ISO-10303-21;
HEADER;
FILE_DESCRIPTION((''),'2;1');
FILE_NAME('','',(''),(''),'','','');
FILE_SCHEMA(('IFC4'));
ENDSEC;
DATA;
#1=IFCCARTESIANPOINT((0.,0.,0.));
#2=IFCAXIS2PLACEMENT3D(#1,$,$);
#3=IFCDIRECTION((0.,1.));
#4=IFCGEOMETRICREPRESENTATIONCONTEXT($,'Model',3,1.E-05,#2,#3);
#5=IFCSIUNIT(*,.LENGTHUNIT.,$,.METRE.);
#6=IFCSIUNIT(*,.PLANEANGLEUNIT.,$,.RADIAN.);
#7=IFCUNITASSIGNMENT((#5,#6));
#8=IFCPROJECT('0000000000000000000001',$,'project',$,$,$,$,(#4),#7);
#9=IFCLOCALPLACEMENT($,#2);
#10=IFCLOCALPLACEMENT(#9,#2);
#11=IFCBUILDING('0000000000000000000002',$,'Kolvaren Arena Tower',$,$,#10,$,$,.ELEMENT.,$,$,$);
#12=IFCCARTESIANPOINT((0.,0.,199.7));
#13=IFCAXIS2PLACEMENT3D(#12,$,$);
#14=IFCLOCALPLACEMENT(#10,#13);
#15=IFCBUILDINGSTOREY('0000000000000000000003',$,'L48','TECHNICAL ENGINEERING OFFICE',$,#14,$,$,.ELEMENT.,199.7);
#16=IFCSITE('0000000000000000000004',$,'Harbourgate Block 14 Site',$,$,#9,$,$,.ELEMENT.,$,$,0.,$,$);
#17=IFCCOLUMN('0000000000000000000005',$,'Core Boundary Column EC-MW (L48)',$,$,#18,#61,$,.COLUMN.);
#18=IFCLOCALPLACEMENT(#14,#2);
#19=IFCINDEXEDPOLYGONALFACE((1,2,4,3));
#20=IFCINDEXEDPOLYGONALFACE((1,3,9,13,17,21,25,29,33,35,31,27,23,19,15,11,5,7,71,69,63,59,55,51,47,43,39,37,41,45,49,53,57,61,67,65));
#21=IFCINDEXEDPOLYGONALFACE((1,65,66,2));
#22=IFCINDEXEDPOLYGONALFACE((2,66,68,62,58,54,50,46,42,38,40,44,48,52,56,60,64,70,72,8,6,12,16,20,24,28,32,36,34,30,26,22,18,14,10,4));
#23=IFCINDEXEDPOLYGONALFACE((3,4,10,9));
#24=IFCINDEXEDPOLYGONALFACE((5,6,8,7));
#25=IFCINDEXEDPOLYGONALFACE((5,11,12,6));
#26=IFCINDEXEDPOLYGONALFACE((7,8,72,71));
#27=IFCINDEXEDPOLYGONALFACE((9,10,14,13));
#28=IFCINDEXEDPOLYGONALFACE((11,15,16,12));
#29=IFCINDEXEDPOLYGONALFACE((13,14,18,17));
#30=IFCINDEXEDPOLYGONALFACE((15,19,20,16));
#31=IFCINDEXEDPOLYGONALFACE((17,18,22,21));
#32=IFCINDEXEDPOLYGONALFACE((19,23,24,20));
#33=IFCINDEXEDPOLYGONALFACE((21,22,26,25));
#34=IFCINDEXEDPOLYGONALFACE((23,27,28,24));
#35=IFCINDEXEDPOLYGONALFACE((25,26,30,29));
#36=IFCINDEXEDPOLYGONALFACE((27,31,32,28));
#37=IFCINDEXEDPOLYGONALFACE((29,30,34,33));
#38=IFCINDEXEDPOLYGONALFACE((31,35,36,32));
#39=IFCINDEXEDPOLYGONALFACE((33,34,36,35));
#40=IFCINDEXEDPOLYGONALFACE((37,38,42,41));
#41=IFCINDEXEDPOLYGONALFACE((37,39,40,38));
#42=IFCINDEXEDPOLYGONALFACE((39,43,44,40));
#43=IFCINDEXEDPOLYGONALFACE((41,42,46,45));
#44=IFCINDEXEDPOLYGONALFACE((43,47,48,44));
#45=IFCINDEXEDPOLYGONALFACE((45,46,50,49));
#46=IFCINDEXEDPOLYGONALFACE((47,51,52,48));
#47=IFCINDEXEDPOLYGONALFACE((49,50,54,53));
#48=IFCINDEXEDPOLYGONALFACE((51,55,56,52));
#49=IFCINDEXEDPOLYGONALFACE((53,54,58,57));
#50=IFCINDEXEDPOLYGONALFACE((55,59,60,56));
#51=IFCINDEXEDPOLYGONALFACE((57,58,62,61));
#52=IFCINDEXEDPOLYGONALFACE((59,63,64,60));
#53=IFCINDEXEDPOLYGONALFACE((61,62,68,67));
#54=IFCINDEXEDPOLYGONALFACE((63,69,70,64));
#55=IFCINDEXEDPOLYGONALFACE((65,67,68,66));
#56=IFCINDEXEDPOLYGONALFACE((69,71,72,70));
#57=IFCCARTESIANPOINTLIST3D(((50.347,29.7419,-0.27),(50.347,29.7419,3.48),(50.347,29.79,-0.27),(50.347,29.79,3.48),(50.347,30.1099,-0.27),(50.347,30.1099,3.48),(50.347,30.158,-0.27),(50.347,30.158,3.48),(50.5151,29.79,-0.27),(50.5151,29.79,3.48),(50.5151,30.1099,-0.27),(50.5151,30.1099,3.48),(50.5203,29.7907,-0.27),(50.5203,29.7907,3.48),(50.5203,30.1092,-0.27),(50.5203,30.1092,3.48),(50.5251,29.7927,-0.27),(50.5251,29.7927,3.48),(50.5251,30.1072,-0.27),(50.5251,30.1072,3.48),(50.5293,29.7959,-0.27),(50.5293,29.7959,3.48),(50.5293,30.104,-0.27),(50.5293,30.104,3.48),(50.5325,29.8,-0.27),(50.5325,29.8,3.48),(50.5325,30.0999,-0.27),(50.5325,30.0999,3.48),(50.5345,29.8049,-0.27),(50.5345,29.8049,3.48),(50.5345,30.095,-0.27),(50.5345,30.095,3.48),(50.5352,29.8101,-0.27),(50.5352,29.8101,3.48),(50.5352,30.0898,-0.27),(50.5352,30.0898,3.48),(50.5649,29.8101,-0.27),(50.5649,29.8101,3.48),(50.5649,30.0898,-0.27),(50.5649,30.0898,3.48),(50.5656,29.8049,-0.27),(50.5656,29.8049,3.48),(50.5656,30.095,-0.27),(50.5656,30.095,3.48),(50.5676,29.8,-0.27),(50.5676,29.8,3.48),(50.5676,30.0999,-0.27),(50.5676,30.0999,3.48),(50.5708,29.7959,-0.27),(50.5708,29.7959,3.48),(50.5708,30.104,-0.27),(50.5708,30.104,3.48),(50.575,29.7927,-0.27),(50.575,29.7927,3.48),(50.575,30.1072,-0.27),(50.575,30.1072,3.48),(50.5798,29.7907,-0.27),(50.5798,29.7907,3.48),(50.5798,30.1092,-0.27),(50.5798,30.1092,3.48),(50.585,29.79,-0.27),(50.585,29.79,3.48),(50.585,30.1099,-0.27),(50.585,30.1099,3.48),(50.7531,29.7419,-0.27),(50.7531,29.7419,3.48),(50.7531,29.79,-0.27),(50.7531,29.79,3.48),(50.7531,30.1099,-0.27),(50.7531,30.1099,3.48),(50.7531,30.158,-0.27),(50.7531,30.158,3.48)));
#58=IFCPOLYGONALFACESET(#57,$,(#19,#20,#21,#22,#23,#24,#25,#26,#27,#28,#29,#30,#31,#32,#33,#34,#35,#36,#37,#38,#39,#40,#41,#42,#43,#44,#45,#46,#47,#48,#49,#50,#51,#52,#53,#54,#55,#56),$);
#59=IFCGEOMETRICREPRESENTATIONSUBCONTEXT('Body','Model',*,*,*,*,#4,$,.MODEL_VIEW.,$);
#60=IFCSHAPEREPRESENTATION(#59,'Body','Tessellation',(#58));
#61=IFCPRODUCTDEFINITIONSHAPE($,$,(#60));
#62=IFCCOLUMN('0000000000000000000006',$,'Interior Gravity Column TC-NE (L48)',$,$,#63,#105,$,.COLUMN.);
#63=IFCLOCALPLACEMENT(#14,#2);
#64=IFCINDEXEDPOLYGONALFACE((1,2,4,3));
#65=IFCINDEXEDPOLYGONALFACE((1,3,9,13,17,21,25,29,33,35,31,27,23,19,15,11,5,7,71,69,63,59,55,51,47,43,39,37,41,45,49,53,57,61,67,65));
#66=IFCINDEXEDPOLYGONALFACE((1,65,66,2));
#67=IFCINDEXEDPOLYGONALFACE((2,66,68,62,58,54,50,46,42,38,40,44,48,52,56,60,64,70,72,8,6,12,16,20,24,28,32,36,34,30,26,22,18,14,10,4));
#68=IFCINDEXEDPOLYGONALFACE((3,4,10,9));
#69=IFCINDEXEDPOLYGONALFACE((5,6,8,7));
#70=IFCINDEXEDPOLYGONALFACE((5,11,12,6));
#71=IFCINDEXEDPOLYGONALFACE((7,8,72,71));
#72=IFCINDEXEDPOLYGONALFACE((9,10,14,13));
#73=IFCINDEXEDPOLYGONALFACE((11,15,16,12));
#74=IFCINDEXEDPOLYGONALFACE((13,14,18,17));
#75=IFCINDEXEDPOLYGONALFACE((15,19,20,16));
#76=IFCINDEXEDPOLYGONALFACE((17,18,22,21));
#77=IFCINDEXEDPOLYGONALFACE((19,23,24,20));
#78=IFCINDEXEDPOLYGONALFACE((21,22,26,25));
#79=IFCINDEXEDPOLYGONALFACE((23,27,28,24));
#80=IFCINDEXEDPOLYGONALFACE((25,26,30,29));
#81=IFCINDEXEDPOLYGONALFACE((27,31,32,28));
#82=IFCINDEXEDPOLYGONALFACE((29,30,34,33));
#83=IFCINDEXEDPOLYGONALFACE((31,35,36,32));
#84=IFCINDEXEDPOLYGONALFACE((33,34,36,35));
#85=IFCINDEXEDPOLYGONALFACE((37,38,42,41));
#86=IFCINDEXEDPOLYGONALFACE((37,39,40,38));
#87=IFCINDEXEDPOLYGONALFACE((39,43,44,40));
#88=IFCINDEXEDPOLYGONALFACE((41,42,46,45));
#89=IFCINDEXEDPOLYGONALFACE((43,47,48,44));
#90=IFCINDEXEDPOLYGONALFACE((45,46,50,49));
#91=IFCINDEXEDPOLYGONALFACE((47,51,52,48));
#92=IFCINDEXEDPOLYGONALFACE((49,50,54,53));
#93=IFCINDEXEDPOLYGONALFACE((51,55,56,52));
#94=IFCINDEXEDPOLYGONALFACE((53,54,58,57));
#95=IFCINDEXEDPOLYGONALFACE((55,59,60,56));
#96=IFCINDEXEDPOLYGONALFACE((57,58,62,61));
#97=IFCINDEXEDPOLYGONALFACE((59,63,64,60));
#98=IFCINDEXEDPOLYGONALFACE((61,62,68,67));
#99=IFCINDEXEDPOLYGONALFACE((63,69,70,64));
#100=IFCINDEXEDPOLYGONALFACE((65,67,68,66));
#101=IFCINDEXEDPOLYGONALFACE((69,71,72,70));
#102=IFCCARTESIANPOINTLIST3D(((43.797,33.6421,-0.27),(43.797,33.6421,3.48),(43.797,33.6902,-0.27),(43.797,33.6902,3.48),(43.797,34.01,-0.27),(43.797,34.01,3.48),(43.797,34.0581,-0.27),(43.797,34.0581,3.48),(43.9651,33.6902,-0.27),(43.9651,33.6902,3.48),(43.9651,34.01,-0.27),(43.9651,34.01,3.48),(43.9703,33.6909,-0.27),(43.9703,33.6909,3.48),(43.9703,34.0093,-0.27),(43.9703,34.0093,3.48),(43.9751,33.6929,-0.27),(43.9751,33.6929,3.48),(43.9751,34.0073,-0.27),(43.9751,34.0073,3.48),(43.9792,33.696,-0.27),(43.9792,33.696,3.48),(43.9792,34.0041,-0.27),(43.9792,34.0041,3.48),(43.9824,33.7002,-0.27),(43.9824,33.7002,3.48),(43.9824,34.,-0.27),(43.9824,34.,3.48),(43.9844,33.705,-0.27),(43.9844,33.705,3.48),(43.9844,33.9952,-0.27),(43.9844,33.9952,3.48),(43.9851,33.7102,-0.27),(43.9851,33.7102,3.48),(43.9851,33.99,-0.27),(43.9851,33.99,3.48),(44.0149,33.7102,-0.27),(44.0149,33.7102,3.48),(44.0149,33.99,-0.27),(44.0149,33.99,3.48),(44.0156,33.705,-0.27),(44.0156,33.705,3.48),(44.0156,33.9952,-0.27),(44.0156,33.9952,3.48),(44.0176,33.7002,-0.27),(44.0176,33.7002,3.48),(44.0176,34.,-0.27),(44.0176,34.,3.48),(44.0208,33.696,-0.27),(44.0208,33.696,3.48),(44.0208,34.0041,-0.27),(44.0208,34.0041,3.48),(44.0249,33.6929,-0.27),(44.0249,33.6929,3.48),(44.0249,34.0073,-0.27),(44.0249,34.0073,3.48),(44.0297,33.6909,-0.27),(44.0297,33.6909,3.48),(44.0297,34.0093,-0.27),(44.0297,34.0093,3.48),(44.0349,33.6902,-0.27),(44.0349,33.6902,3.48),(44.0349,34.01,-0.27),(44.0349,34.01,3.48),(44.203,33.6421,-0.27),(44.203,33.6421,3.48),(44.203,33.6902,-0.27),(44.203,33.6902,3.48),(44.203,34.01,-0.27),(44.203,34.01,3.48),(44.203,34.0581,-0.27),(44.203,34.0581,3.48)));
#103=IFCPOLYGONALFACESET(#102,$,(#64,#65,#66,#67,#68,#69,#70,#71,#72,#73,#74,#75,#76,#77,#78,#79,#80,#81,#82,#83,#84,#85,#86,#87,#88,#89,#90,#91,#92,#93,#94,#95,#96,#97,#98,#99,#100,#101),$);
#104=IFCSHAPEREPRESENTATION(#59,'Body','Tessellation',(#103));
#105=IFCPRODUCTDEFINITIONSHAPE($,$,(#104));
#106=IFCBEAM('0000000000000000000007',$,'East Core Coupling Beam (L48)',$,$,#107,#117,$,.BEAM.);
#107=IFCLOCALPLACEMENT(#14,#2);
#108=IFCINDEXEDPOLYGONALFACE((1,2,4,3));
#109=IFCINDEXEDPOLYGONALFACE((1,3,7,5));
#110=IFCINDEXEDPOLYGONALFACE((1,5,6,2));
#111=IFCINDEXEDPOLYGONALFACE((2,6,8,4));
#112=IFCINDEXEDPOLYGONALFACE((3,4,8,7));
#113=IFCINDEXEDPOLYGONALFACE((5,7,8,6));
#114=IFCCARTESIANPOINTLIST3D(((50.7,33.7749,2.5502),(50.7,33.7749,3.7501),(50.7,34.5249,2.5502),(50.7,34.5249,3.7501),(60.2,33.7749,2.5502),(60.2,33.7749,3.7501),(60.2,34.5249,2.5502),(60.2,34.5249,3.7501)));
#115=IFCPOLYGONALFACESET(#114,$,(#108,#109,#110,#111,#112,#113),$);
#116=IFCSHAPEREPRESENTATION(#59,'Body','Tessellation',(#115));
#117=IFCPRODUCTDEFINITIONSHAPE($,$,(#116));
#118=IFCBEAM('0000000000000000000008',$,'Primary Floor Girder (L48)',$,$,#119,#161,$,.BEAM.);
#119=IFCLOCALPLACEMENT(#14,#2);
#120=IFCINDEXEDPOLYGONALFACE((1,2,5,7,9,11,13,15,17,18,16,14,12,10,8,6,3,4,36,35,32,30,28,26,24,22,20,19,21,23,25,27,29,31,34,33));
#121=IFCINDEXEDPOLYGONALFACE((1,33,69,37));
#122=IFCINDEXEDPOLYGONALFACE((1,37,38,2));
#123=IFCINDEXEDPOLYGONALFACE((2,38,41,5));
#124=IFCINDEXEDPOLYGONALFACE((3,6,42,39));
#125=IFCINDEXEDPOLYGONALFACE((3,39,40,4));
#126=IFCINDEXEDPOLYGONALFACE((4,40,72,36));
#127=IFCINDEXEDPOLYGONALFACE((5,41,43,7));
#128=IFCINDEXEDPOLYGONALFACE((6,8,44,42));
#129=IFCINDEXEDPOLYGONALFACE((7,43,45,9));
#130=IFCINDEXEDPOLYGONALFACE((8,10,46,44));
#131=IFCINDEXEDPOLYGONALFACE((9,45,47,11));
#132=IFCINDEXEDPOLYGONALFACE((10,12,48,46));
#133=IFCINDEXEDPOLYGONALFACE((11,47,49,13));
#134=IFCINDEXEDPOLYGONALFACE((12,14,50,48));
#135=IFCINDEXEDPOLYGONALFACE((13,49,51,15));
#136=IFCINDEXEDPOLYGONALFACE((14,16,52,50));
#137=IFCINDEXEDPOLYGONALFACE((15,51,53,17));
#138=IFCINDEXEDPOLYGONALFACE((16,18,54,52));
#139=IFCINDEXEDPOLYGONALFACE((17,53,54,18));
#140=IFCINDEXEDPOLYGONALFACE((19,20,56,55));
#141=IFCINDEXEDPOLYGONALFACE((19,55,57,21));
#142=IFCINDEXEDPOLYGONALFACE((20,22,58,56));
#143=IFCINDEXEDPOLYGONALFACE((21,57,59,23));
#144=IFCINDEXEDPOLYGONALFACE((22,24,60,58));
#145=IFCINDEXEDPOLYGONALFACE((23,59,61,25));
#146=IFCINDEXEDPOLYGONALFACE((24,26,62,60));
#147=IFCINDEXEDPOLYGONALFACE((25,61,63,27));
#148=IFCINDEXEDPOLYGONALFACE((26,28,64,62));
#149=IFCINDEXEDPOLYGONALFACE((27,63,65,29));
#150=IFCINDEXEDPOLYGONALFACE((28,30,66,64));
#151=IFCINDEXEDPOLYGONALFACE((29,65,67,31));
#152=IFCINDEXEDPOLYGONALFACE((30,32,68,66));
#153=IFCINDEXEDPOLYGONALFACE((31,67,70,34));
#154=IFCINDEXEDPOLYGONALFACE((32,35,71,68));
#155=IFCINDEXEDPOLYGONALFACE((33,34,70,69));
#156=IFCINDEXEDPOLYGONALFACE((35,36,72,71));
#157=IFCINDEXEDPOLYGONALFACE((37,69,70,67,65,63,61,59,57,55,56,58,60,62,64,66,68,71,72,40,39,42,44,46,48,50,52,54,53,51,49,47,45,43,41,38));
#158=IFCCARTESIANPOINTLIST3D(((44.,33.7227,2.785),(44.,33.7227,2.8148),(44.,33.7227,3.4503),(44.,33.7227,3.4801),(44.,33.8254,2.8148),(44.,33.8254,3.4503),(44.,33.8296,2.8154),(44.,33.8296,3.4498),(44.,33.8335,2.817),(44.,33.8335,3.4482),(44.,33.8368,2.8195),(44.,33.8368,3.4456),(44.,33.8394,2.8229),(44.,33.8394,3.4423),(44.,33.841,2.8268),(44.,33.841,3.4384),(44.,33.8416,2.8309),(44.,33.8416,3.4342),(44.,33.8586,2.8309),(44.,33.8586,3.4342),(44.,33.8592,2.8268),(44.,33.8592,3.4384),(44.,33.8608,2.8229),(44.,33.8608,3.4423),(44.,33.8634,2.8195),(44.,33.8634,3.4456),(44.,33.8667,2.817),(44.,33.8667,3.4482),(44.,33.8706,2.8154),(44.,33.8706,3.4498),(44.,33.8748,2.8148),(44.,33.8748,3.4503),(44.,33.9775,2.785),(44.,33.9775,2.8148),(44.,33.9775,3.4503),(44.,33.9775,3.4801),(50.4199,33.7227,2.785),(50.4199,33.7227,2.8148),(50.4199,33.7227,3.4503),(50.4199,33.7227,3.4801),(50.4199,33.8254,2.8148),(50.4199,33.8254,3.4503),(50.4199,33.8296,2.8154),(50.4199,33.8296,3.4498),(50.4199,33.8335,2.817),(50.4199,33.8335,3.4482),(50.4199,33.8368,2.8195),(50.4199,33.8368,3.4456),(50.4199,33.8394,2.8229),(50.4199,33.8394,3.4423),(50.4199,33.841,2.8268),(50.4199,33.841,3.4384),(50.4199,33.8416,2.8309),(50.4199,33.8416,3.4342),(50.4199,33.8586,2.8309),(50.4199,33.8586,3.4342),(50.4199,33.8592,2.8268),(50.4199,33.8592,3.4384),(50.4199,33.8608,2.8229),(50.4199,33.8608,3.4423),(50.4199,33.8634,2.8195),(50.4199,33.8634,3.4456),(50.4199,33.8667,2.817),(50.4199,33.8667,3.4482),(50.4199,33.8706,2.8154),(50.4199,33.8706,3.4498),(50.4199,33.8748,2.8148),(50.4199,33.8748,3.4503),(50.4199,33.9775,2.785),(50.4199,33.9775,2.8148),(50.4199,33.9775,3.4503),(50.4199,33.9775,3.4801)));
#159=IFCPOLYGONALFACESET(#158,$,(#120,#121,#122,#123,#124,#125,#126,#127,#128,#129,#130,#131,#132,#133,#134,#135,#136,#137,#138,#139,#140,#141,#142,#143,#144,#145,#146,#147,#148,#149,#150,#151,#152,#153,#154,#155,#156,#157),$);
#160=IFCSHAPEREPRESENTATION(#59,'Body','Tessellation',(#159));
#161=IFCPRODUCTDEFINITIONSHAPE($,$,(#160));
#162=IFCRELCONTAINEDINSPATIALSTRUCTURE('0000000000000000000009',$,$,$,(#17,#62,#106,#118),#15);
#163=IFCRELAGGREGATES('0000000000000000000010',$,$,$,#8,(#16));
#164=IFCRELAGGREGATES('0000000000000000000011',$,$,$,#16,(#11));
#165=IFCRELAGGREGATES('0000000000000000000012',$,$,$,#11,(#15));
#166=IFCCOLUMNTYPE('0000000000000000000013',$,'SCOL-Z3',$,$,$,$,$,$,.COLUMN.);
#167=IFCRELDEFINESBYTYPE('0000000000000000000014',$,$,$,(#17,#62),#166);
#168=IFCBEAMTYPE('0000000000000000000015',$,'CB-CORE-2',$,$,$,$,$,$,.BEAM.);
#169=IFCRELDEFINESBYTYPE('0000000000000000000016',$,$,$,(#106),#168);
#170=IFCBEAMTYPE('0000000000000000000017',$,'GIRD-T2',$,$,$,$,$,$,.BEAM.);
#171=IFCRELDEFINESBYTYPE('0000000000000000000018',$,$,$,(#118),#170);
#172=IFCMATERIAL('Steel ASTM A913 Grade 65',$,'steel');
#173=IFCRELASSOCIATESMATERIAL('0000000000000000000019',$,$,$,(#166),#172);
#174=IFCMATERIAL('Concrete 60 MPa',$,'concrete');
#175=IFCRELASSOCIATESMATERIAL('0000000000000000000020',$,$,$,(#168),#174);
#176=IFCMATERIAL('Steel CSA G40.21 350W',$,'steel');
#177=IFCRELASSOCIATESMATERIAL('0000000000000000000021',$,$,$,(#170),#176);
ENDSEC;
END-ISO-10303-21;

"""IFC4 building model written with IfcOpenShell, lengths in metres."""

from ifc_helpers import new_model, si_unit, direction, frame, origin, origin_2d, place, context, subcontext, project, spatial, rectangle, i_section, extrude, material, material_profile, profile_set, type_object, element, save


model = new_model("IFC4")

# Units and contexts
model_context = context("Model", 3, precision=1e-05, world=origin(), true_north=direction((0.0, 1.0)))
body_context = subcontext(model_context, "Body", "Model", "MODEL_VIEW")
ifc_project = project(units=[si_unit("LENGTHUNIT", "METRE"), si_unit("PLANEANGLEUNIT", "RADIAN")], contexts=[model_context])

# Site, building, storey
site_placement = place(None, origin())
site = spatial("IfcSite", under=ifc_project, at=site_placement, Name="Harbourgate Block 14 Site", CompositionType="ELEMENT", RefElevation=0.0)
building_placement = place(site_placement, origin())
building = spatial("IfcBuilding", under=site, at=building_placement, Name="Kolvaren Arena Tower", CompositionType="ELEMENT")
storey_placement = place(building_placement, frame((0.0, 0.0, 199.7)))
storey = spatial("IfcBuildingStorey", under=building, at=storey_placement, Name="L48", Description="TECHNICAL ENGINEERING OFFICE", CompositionType="ELEMENT", Elevation=199.7)

# Columns
ifc_material_1 = material(Name="Steel ASTM A913 Grade 65", Category="steel")
ifc_material_profile_1 = material_profile(ifc_material_1, i_section(OverallWidth=0.406, OverallDepth=0.416, WebThickness=0.0298, FlangeThickness=0.0481, FilletRadius=0.02, at=origin_2d()), Name="W360x382")
ifc_profile_set_1 = profile_set([ifc_material_profile_1], Name="Steel ASTM A913 Grade 65")
column_type = type_object("IfcColumnType", Name="SCOL-Z3", PredefinedType="COLUMN", material=ifc_profile_set_1)
for number, where, z_axis, x_axis, name in (
    (1, (50.55, 29.95, -0.27), (0.0, 0.0, 1.0), (1.0, 0.0, 0.0), "Core Boundary Column EC-MW (L48)"),
    (2, (44.0, 33.8501, -0.27), (0.0, 0.0, 1.0), (1.0, 0.0, 0.0), "Interior Gravity Column TC-NE (L48)"),
):
    element("IfcColumn", number, at=place(storey_placement, frame(where, z_axis=z_axis, x_axis=x_axis)), inside=storey, type_object=column_type, Name=name, PredefinedType="COLUMN", context=body_context, shape_type="SweptSolid", body=[
        extrude(i_section(OverallWidth=0.406, OverallDepth=0.416, WebThickness=0.0298, FlangeThickness=0.0481, FilletRadius=0.02, at=origin_2d()), origin(), (0.0, 0.0, 1.0), 3.75),
    ])

# Beams
ifc_material_2 = material(Name="Concrete 60 MPa", Category="concrete")
ifc_material_profile_2 = material_profile(ifc_material_2, rectangle(XDim=0.75, YDim=1.2, at=origin_2d()), Name="RC-750x1200")
ifc_profile_set_2 = profile_set([ifc_material_profile_2], Name="Concrete 60 MPa")
beam_type_1 = type_object("IfcBeamType", Name="CB-CORE-2", PredefinedType="BEAM", material=ifc_profile_set_2)
beam_1_placement = place(storey_placement, frame((50.7, 34.1499, 3.1501), z_axis=(1.0, 0.0, 0.0), x_axis=(0.0, 1.0, 0.0)))
element("IfcBeam", 3, at=beam_1_placement, inside=storey, type_object=beam_type_1, Name="East Core Coupling Beam (L48)", PredefinedType="BEAM", context=body_context, shape_type="SweptSolid", body=[
    extrude(rectangle(XDim=0.75, YDim=1.2, at=origin_2d()), origin(), (0.0, 0.0, 1.0), 9.5),
])
ifc_material_3 = material(Name="Steel CSA G40.21 350W", Category="steel")
ifc_material_profile_3 = material_profile(ifc_material_3, i_section(OverallWidth=0.2549, OverallDepth=0.6951, WebThickness=0.0171, FlangeThickness=0.0298, FilletRadius=0.0161, at=origin_2d()), Name="W690x217")
ifc_profile_set_3 = profile_set([ifc_material_profile_3], Name="Steel CSA G40.21 350W")
beam_type_2 = type_object("IfcBeamType", Name="GIRD-T2", PredefinedType="BEAM", material=ifc_profile_set_3)
beam_2_placement = place(storey_placement, frame((44.0, 33.8501, 3.1326), z_axis=(1.0, 0.0, 0.0), x_axis=(0.0, 1.0, 0.0)))
element("IfcBeam", 4, at=beam_2_placement, inside=storey, type_object=beam_type_2, Name="Primary Floor Girder (L48)", PredefinedType="BEAM", context=body_context, shape_type="SweptSolid", body=[
    extrude(i_section(OverallWidth=0.2549, OverallDepth=0.6951, WebThickness=0.0171, FlangeThickness=0.0298, FilletRadius=0.0161, at=origin_2d()), origin(), (0.0, 0.0, 1.0), 6.4199),
])

save(model, "model.ifc")
